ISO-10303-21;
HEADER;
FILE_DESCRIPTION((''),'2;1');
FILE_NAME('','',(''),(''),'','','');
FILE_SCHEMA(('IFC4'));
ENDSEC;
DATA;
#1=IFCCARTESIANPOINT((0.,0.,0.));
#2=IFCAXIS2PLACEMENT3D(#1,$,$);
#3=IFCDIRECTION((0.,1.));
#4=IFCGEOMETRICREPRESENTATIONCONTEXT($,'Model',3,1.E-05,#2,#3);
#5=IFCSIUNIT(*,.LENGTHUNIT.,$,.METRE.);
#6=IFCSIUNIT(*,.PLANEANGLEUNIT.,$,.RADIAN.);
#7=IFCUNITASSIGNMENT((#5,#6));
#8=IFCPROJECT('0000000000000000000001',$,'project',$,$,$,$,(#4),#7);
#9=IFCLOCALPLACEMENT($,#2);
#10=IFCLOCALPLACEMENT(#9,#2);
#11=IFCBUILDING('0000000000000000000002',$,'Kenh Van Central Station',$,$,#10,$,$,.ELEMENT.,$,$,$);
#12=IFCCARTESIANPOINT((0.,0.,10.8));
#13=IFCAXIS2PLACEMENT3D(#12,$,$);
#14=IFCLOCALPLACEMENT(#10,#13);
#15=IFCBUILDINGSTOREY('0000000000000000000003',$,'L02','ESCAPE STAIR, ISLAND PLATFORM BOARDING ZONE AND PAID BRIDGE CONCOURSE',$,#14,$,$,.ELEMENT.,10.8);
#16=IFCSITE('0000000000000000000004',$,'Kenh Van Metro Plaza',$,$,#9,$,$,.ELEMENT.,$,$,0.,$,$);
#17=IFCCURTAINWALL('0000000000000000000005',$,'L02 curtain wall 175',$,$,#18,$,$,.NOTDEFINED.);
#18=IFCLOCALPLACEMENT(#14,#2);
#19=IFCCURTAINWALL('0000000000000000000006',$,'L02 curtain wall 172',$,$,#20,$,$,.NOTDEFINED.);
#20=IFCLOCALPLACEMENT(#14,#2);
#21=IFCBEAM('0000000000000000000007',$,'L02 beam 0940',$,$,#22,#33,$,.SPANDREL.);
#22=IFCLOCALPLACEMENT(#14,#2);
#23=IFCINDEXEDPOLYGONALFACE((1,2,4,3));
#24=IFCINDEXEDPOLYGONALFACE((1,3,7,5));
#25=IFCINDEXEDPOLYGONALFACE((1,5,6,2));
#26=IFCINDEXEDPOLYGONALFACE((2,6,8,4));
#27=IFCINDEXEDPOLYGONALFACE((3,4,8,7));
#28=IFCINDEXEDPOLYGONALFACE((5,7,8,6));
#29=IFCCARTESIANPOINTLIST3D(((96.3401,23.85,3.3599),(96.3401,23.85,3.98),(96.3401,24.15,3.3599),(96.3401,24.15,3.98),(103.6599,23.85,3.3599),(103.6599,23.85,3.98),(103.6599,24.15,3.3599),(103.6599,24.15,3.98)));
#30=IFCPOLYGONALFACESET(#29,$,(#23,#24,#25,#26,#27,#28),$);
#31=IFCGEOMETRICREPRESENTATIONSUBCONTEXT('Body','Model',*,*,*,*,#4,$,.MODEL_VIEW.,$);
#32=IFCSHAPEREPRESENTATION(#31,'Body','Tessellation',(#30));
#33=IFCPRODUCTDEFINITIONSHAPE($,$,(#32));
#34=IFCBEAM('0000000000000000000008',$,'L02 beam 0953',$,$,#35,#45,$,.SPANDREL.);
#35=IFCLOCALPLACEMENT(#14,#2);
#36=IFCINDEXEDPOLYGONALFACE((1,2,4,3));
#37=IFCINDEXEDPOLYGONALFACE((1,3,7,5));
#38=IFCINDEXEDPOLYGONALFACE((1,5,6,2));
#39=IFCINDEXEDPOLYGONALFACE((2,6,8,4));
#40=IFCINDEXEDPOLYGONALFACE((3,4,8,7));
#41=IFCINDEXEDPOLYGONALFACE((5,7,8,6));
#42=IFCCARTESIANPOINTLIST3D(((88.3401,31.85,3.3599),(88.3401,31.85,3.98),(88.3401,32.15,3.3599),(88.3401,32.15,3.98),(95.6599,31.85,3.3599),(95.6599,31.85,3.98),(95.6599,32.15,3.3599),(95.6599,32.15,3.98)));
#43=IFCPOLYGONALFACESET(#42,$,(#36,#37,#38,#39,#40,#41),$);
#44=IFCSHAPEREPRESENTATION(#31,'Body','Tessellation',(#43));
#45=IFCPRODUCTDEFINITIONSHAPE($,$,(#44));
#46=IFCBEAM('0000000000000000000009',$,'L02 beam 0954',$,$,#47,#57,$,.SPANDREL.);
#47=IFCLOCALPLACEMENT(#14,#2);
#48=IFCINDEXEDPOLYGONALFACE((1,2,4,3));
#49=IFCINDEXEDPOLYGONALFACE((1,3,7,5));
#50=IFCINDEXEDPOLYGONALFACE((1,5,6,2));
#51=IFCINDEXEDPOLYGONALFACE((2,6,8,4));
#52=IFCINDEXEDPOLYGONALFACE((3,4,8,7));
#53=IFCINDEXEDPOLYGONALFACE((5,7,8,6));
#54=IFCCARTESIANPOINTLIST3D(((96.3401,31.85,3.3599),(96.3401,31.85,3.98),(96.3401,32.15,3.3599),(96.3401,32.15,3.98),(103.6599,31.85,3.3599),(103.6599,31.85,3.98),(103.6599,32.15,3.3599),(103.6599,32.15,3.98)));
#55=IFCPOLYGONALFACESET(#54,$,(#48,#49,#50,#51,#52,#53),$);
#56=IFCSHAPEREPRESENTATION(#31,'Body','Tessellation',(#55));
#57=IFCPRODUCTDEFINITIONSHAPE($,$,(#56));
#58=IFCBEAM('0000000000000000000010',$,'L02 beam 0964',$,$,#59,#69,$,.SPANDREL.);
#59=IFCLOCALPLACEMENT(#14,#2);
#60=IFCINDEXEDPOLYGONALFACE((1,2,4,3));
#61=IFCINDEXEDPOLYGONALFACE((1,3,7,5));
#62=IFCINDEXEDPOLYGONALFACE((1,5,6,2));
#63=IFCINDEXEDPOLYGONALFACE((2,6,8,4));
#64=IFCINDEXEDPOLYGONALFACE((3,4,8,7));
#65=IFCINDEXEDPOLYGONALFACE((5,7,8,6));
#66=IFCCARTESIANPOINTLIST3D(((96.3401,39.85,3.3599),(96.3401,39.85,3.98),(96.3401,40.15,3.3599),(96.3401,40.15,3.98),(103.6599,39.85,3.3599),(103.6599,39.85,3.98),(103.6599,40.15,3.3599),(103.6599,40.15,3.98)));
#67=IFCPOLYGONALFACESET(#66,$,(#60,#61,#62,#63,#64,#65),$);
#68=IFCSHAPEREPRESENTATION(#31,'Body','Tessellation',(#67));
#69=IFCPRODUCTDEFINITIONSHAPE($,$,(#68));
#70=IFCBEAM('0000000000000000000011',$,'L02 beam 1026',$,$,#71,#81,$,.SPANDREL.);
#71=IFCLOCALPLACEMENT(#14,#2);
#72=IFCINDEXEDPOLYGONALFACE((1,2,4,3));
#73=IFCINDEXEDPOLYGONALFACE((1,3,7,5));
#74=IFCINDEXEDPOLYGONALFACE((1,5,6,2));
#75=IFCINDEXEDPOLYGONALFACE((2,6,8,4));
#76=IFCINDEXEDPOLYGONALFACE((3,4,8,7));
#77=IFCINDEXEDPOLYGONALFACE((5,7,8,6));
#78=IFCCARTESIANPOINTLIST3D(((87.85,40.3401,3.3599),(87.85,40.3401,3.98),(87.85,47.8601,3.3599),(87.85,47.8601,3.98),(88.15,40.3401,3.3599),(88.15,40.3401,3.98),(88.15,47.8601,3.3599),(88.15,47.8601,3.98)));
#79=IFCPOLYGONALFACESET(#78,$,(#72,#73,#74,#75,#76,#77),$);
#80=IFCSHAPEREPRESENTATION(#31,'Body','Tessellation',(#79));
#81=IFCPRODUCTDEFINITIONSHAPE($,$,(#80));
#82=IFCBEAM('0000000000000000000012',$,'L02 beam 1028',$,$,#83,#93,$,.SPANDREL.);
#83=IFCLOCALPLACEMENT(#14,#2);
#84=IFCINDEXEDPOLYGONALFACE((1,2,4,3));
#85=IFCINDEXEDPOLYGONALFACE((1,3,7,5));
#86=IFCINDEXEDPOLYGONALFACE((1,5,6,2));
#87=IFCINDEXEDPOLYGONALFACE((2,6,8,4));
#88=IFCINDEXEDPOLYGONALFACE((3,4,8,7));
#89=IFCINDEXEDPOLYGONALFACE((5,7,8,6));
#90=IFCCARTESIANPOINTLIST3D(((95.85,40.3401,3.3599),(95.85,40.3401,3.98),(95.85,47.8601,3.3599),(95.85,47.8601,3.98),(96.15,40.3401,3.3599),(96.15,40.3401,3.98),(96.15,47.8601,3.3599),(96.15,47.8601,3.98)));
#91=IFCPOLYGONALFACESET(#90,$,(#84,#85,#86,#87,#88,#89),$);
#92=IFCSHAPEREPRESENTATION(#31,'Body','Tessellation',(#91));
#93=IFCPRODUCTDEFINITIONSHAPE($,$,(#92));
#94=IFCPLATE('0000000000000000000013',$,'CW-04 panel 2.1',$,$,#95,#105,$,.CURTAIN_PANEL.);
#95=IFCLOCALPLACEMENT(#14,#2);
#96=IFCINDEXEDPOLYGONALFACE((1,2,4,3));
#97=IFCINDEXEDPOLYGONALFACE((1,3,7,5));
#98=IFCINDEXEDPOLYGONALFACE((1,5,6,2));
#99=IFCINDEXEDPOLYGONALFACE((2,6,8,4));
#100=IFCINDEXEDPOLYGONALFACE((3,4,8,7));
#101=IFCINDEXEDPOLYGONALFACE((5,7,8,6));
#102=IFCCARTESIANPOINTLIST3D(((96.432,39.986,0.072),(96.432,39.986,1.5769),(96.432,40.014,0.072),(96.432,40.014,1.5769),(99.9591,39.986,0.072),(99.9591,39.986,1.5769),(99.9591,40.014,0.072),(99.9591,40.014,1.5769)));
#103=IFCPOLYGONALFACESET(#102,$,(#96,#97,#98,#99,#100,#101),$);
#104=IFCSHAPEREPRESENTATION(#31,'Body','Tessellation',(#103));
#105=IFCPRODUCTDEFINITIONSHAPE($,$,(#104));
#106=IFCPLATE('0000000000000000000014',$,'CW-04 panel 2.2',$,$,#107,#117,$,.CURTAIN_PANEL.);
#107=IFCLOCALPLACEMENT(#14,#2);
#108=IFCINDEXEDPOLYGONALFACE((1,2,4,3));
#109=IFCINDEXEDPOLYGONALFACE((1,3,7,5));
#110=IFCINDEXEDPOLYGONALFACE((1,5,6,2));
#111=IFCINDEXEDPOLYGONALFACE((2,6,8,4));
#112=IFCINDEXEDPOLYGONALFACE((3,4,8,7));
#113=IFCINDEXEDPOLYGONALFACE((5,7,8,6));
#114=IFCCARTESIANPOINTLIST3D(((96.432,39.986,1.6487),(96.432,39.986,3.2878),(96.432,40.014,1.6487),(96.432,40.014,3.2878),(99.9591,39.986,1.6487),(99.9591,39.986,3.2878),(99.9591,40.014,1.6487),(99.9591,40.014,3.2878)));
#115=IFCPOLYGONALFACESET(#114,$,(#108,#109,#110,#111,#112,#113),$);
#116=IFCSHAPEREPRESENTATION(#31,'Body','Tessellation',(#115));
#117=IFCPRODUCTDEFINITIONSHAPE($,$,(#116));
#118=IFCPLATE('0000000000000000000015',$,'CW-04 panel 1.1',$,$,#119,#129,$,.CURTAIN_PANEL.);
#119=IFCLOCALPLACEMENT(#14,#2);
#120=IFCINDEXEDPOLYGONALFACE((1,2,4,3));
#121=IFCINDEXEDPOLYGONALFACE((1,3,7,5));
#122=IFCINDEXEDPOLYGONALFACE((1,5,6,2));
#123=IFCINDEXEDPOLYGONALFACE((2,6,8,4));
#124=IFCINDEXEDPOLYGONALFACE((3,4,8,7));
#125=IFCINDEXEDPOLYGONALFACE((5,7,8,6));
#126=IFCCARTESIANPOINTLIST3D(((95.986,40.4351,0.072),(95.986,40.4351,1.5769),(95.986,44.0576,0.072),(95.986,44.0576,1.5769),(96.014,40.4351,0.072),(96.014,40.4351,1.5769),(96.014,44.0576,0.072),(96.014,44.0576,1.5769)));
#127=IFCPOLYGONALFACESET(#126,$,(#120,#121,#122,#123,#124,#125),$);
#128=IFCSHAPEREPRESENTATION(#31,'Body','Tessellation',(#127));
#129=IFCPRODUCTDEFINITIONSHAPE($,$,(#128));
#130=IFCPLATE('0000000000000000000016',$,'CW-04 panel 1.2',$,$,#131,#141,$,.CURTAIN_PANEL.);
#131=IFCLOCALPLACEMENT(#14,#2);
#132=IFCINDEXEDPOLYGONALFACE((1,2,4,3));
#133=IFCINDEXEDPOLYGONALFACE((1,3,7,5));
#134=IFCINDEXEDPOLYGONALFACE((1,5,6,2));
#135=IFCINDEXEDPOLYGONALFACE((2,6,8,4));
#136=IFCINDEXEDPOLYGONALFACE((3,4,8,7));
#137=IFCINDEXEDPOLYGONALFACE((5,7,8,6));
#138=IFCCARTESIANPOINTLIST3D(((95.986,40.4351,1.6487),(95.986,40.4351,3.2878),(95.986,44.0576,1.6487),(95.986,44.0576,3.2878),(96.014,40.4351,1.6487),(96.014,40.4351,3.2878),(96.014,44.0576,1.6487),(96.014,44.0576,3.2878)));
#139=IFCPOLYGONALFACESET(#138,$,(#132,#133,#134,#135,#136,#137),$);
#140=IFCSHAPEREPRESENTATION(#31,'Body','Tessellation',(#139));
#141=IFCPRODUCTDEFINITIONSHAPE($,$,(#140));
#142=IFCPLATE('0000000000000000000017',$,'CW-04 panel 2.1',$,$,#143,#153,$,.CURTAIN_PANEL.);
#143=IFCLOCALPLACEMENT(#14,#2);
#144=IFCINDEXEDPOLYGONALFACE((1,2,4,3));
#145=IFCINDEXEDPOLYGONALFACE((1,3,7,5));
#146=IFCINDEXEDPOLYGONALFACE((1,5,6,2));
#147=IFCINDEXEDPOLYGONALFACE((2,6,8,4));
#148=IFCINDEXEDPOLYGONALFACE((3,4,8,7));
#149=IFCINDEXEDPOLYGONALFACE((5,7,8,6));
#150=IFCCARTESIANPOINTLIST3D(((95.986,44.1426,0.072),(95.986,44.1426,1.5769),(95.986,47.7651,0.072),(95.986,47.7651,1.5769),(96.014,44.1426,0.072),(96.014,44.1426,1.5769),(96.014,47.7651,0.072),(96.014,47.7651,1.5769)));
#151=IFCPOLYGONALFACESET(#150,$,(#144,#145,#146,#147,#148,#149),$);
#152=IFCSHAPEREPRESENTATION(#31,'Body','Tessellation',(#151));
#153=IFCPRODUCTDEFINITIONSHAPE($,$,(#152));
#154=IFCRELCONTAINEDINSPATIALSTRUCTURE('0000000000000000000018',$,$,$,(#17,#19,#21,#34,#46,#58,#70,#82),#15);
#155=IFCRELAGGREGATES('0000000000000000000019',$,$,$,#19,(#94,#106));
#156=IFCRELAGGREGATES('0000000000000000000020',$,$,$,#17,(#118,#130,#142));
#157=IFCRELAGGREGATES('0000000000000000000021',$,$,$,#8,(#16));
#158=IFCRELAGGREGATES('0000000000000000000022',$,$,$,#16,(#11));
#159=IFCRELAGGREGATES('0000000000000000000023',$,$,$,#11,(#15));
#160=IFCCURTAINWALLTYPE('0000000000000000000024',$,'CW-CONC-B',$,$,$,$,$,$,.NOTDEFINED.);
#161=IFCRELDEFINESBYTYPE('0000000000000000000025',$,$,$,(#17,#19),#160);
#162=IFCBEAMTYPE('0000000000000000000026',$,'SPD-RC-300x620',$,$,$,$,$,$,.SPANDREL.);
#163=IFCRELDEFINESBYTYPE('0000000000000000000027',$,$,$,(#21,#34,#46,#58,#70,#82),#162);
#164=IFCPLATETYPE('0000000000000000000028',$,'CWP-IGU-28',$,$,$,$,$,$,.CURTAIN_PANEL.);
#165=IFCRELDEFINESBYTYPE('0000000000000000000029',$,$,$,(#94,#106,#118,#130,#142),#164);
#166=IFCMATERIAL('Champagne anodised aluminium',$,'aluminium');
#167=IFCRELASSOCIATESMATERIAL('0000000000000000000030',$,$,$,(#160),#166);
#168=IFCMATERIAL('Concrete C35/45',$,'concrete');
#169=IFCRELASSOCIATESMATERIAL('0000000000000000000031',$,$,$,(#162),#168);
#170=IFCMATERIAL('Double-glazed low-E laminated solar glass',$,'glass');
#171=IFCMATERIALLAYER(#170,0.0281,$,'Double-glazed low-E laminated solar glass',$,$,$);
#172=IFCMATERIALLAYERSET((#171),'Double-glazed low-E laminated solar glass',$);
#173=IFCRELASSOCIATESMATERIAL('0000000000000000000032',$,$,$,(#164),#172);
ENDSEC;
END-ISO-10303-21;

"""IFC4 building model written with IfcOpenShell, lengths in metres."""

from ifc_helpers import new_model, si_unit, direction, frame, origin, origin_2d, place, context, subcontext, project, spatial, rectangle, extrude, material, layer, layer_set, material_profile, profile_set, type_object, element, aggregate, save


model = new_model("IFC4")

# Units and contexts
model_context = context("Model", 3, precision=1e-05, world=origin(), true_north=direction((0.0, 1.0)))
body_context = subcontext(model_context, "Body", "Model", "MODEL_VIEW")
ifc_project = project(units=[si_unit("LENGTHUNIT", "METRE"), si_unit("PLANEANGLEUNIT", "RADIAN")], contexts=[model_context])

# Site, building, storey
site_placement = place(None, origin())
site = spatial("IfcSite", under=ifc_project, at=site_placement, Name="Kenh Van Metro Plaza", CompositionType="ELEMENT", RefElevation=0.0)
building_placement = place(site_placement, origin())
building = spatial("IfcBuilding", under=site, at=building_placement, Name="Kenh Van Central Station", CompositionType="ELEMENT")
storey_placement = place(building_placement, frame((0.0, 0.0, 10.8)))
storey = spatial("IfcBuildingStorey", under=building, at=storey_placement, Name="L02", Description="ESCAPE STAIR, ISLAND PLATFORM BOARDING ZONE AND PAID BRIDGE CONCOURSE", CompositionType="ELEMENT", Elevation=10.8)

# Curtain walls
ifc_material_1 = material(Name="Champagne anodised aluminium", Category="aluminium")
curtain_wall_type = type_object("IfcCurtainWallType", Name="CW-CONC-B", PredefinedType="NOTDEFINED", material=ifc_material_1)
curtain_wall_1_placement = place(storey_placement, origin())
curtain_wall_1 = element("IfcCurtainWall", 1, at=curtain_wall_1_placement, inside=storey, type_object=curtain_wall_type, Name="L02 curtain wall 175", PredefinedType="NOTDEFINED")
curtain_wall_2_placement = place(storey_placement, origin())
curtain_wall_2 = element("IfcCurtainWall", 2, at=curtain_wall_2_placement, inside=storey, type_object=curtain_wall_type, Name="L02 curtain wall 172", PredefinedType="NOTDEFINED")

# Beams
ifc_material_2 = material(Name="Concrete C35/45", Category="concrete")
ifc_material_profile_1 = material_profile(ifc_material_2, rectangle(XDim=0.3, YDim=0.6201, at=origin_2d()), Name="RC 300x620")
ifc_profile_set_1 = profile_set([ifc_material_profile_1], Name="Concrete C35/45")
beam_type = type_object("IfcBeamType", Name="SPD-RC-300x620", PredefinedType="SPANDREL", material=ifc_profile_set_1)
for number, where, z_axis, x_axis, name in (
    (3, (96.3401, 24.0, 3.6699), (1.0, 0.0, 0.0), (0.0, 1.0, 0.0), "L02 beam 0940"),
    (4, (88.3401, 32.0, 3.6699), (1.0, 0.0, 0.0), (0.0, 1.0, 0.0), "L02 beam 0953"),
    (5, (96.3401, 32.0, 3.6699), (1.0, 0.0, 0.0), (0.0, 1.0, 0.0), "L02 beam 0954"),
    (6, (96.3401, 40.0, 3.6699), (1.0, 0.0, 0.0), (0.0, 1.0, 0.0), "L02 beam 0964"),
):
    element("IfcBeam", number, at=place(storey_placement, frame(where, z_axis=z_axis, x_axis=x_axis)), inside=storey, type_object=beam_type, Name=name, PredefinedType="SPANDREL", context=body_context, shape_type="SweptSolid", body=[
        extrude(rectangle(XDim=0.3, YDim=0.6201, at=origin_2d()), origin(), (0.0, 0.0, 1.0), 7.3198),
    ])
for number, where, z_axis, x_axis, name in (
    (7, (88.0, 40.3401, 3.6699), (0.0, 1.0, 0.0), (-1.0, 0.0, 0.0), "L02 beam 1026"),
    (8, (96.0, 40.3401, 3.6699), (0.0, 1.0, 0.0), (-1.0, 0.0, 0.0), "L02 beam 1028"),
):
    element("IfcBeam", number, at=place(storey_placement, frame(where, z_axis=z_axis, x_axis=x_axis)), inside=storey, type_object=beam_type, Name=name, PredefinedType="SPANDREL", context=body_context, shape_type="SweptSolid", body=[
        extrude(rectangle(XDim=0.3, YDim=0.6201, at=origin_2d()), origin(), (0.0, 0.0, 1.0), 7.52),
    ])

# Plates
ifc_material_3 = material(Name="Double-glazed low-E laminated solar glass", Category="glass")
ifc_layer = layer(ifc_material_3, 0.0281, Name="Double-glazed low-E laminated solar glass")
ifc_layer_set = layer_set([ifc_layer], Name="Double-glazed low-E laminated solar glass")
plate_type = type_object("IfcPlateType", Name="CWP-IGU-28", PredefinedType="CURTAIN_PANEL", material=ifc_layer_set)
plate_1_placement = place(storey_placement, frame((98.1956, 40.0, 0.072), z_axis=(0.0, 0.0, 1.0), x_axis=(-1.0, 0.0, 0.0)))
plate_1 = element("IfcPlate", 9, at=plate_1_placement, type_object=plate_type, Name="CW-04 panel 2.1", PredefinedType="CURTAIN_PANEL", context=body_context, shape_type="SweptSolid", body=[
    extrude(rectangle(XDim=3.5271, YDim=0.0281, at=origin_2d()), origin(), (0.0, 0.0, 1.0), 1.5049),
])
plate_2_placement = place(storey_placement, frame((98.1956, 40.0, 1.6487), z_axis=(0.0, 0.0, 1.0), x_axis=(-1.0, 0.0, 0.0)))
plate_2 = element("IfcPlate", 10, at=plate_2_placement, type_object=plate_type, Name="CW-04 panel 2.2", PredefinedType="CURTAIN_PANEL", context=body_context, shape_type="SweptSolid", body=[
    extrude(rectangle(XDim=3.5271, YDim=0.0281, at=origin_2d()), origin(), (0.0, 0.0, 1.0), 1.6392),
])
aggregate(curtain_wall_2, [plate_1, plate_2])
plate_3_placement = place(storey_placement, frame((96.0, 42.2463, 0.072), z_axis=(0.0, 0.0, 1.0), x_axis=(0.0, 1.0, 0.0)))
plate_3 = element("IfcPlate", 11, at=plate_3_placement, type_object=plate_type, Name="CW-04 panel 1.1", PredefinedType="CURTAIN_PANEL", context=body_context, shape_type="SweptSolid", body=[
    extrude(rectangle(XDim=3.6226, YDim=0.0281, at=origin_2d()), origin(), (0.0, 0.0, 1.0), 1.5049),
])
plate_4_placement = place(storey_placement, frame((96.0, 42.2463, 1.6487), z_axis=(0.0, 0.0, 1.0), x_axis=(0.0, 1.0, 0.0)))
plate_4 = element("IfcPlate", 12, at=plate_4_placement, type_object=plate_type, Name="CW-04 panel 1.2", PredefinedType="CURTAIN_PANEL", context=body_context, shape_type="SweptSolid", body=[
    extrude(rectangle(XDim=3.6226, YDim=0.0281, at=origin_2d()), origin(), (0.0, 0.0, 1.0), 1.6392),
])
plate_5_placement = place(storey_placement, frame((96.0, 45.9539, 0.072), z_axis=(0.0, 0.0, 1.0), x_axis=(0.0, 1.0, 0.0)))
plate_5 = element("IfcPlate", 13, at=plate_5_placement, type_object=plate_type, Name="CW-04 panel 2.1", PredefinedType="CURTAIN_PANEL", context=body_context, shape_type="SweptSolid", body=[
    extrude(rectangle(XDim=3.6226, YDim=0.0281, at=origin_2d()), origin(), (0.0, 0.0, 1.0), 1.5049),
])
aggregate(curtain_wall_1, [plate_3, plate_4, plate_5])

save(model, "model.ifc")
